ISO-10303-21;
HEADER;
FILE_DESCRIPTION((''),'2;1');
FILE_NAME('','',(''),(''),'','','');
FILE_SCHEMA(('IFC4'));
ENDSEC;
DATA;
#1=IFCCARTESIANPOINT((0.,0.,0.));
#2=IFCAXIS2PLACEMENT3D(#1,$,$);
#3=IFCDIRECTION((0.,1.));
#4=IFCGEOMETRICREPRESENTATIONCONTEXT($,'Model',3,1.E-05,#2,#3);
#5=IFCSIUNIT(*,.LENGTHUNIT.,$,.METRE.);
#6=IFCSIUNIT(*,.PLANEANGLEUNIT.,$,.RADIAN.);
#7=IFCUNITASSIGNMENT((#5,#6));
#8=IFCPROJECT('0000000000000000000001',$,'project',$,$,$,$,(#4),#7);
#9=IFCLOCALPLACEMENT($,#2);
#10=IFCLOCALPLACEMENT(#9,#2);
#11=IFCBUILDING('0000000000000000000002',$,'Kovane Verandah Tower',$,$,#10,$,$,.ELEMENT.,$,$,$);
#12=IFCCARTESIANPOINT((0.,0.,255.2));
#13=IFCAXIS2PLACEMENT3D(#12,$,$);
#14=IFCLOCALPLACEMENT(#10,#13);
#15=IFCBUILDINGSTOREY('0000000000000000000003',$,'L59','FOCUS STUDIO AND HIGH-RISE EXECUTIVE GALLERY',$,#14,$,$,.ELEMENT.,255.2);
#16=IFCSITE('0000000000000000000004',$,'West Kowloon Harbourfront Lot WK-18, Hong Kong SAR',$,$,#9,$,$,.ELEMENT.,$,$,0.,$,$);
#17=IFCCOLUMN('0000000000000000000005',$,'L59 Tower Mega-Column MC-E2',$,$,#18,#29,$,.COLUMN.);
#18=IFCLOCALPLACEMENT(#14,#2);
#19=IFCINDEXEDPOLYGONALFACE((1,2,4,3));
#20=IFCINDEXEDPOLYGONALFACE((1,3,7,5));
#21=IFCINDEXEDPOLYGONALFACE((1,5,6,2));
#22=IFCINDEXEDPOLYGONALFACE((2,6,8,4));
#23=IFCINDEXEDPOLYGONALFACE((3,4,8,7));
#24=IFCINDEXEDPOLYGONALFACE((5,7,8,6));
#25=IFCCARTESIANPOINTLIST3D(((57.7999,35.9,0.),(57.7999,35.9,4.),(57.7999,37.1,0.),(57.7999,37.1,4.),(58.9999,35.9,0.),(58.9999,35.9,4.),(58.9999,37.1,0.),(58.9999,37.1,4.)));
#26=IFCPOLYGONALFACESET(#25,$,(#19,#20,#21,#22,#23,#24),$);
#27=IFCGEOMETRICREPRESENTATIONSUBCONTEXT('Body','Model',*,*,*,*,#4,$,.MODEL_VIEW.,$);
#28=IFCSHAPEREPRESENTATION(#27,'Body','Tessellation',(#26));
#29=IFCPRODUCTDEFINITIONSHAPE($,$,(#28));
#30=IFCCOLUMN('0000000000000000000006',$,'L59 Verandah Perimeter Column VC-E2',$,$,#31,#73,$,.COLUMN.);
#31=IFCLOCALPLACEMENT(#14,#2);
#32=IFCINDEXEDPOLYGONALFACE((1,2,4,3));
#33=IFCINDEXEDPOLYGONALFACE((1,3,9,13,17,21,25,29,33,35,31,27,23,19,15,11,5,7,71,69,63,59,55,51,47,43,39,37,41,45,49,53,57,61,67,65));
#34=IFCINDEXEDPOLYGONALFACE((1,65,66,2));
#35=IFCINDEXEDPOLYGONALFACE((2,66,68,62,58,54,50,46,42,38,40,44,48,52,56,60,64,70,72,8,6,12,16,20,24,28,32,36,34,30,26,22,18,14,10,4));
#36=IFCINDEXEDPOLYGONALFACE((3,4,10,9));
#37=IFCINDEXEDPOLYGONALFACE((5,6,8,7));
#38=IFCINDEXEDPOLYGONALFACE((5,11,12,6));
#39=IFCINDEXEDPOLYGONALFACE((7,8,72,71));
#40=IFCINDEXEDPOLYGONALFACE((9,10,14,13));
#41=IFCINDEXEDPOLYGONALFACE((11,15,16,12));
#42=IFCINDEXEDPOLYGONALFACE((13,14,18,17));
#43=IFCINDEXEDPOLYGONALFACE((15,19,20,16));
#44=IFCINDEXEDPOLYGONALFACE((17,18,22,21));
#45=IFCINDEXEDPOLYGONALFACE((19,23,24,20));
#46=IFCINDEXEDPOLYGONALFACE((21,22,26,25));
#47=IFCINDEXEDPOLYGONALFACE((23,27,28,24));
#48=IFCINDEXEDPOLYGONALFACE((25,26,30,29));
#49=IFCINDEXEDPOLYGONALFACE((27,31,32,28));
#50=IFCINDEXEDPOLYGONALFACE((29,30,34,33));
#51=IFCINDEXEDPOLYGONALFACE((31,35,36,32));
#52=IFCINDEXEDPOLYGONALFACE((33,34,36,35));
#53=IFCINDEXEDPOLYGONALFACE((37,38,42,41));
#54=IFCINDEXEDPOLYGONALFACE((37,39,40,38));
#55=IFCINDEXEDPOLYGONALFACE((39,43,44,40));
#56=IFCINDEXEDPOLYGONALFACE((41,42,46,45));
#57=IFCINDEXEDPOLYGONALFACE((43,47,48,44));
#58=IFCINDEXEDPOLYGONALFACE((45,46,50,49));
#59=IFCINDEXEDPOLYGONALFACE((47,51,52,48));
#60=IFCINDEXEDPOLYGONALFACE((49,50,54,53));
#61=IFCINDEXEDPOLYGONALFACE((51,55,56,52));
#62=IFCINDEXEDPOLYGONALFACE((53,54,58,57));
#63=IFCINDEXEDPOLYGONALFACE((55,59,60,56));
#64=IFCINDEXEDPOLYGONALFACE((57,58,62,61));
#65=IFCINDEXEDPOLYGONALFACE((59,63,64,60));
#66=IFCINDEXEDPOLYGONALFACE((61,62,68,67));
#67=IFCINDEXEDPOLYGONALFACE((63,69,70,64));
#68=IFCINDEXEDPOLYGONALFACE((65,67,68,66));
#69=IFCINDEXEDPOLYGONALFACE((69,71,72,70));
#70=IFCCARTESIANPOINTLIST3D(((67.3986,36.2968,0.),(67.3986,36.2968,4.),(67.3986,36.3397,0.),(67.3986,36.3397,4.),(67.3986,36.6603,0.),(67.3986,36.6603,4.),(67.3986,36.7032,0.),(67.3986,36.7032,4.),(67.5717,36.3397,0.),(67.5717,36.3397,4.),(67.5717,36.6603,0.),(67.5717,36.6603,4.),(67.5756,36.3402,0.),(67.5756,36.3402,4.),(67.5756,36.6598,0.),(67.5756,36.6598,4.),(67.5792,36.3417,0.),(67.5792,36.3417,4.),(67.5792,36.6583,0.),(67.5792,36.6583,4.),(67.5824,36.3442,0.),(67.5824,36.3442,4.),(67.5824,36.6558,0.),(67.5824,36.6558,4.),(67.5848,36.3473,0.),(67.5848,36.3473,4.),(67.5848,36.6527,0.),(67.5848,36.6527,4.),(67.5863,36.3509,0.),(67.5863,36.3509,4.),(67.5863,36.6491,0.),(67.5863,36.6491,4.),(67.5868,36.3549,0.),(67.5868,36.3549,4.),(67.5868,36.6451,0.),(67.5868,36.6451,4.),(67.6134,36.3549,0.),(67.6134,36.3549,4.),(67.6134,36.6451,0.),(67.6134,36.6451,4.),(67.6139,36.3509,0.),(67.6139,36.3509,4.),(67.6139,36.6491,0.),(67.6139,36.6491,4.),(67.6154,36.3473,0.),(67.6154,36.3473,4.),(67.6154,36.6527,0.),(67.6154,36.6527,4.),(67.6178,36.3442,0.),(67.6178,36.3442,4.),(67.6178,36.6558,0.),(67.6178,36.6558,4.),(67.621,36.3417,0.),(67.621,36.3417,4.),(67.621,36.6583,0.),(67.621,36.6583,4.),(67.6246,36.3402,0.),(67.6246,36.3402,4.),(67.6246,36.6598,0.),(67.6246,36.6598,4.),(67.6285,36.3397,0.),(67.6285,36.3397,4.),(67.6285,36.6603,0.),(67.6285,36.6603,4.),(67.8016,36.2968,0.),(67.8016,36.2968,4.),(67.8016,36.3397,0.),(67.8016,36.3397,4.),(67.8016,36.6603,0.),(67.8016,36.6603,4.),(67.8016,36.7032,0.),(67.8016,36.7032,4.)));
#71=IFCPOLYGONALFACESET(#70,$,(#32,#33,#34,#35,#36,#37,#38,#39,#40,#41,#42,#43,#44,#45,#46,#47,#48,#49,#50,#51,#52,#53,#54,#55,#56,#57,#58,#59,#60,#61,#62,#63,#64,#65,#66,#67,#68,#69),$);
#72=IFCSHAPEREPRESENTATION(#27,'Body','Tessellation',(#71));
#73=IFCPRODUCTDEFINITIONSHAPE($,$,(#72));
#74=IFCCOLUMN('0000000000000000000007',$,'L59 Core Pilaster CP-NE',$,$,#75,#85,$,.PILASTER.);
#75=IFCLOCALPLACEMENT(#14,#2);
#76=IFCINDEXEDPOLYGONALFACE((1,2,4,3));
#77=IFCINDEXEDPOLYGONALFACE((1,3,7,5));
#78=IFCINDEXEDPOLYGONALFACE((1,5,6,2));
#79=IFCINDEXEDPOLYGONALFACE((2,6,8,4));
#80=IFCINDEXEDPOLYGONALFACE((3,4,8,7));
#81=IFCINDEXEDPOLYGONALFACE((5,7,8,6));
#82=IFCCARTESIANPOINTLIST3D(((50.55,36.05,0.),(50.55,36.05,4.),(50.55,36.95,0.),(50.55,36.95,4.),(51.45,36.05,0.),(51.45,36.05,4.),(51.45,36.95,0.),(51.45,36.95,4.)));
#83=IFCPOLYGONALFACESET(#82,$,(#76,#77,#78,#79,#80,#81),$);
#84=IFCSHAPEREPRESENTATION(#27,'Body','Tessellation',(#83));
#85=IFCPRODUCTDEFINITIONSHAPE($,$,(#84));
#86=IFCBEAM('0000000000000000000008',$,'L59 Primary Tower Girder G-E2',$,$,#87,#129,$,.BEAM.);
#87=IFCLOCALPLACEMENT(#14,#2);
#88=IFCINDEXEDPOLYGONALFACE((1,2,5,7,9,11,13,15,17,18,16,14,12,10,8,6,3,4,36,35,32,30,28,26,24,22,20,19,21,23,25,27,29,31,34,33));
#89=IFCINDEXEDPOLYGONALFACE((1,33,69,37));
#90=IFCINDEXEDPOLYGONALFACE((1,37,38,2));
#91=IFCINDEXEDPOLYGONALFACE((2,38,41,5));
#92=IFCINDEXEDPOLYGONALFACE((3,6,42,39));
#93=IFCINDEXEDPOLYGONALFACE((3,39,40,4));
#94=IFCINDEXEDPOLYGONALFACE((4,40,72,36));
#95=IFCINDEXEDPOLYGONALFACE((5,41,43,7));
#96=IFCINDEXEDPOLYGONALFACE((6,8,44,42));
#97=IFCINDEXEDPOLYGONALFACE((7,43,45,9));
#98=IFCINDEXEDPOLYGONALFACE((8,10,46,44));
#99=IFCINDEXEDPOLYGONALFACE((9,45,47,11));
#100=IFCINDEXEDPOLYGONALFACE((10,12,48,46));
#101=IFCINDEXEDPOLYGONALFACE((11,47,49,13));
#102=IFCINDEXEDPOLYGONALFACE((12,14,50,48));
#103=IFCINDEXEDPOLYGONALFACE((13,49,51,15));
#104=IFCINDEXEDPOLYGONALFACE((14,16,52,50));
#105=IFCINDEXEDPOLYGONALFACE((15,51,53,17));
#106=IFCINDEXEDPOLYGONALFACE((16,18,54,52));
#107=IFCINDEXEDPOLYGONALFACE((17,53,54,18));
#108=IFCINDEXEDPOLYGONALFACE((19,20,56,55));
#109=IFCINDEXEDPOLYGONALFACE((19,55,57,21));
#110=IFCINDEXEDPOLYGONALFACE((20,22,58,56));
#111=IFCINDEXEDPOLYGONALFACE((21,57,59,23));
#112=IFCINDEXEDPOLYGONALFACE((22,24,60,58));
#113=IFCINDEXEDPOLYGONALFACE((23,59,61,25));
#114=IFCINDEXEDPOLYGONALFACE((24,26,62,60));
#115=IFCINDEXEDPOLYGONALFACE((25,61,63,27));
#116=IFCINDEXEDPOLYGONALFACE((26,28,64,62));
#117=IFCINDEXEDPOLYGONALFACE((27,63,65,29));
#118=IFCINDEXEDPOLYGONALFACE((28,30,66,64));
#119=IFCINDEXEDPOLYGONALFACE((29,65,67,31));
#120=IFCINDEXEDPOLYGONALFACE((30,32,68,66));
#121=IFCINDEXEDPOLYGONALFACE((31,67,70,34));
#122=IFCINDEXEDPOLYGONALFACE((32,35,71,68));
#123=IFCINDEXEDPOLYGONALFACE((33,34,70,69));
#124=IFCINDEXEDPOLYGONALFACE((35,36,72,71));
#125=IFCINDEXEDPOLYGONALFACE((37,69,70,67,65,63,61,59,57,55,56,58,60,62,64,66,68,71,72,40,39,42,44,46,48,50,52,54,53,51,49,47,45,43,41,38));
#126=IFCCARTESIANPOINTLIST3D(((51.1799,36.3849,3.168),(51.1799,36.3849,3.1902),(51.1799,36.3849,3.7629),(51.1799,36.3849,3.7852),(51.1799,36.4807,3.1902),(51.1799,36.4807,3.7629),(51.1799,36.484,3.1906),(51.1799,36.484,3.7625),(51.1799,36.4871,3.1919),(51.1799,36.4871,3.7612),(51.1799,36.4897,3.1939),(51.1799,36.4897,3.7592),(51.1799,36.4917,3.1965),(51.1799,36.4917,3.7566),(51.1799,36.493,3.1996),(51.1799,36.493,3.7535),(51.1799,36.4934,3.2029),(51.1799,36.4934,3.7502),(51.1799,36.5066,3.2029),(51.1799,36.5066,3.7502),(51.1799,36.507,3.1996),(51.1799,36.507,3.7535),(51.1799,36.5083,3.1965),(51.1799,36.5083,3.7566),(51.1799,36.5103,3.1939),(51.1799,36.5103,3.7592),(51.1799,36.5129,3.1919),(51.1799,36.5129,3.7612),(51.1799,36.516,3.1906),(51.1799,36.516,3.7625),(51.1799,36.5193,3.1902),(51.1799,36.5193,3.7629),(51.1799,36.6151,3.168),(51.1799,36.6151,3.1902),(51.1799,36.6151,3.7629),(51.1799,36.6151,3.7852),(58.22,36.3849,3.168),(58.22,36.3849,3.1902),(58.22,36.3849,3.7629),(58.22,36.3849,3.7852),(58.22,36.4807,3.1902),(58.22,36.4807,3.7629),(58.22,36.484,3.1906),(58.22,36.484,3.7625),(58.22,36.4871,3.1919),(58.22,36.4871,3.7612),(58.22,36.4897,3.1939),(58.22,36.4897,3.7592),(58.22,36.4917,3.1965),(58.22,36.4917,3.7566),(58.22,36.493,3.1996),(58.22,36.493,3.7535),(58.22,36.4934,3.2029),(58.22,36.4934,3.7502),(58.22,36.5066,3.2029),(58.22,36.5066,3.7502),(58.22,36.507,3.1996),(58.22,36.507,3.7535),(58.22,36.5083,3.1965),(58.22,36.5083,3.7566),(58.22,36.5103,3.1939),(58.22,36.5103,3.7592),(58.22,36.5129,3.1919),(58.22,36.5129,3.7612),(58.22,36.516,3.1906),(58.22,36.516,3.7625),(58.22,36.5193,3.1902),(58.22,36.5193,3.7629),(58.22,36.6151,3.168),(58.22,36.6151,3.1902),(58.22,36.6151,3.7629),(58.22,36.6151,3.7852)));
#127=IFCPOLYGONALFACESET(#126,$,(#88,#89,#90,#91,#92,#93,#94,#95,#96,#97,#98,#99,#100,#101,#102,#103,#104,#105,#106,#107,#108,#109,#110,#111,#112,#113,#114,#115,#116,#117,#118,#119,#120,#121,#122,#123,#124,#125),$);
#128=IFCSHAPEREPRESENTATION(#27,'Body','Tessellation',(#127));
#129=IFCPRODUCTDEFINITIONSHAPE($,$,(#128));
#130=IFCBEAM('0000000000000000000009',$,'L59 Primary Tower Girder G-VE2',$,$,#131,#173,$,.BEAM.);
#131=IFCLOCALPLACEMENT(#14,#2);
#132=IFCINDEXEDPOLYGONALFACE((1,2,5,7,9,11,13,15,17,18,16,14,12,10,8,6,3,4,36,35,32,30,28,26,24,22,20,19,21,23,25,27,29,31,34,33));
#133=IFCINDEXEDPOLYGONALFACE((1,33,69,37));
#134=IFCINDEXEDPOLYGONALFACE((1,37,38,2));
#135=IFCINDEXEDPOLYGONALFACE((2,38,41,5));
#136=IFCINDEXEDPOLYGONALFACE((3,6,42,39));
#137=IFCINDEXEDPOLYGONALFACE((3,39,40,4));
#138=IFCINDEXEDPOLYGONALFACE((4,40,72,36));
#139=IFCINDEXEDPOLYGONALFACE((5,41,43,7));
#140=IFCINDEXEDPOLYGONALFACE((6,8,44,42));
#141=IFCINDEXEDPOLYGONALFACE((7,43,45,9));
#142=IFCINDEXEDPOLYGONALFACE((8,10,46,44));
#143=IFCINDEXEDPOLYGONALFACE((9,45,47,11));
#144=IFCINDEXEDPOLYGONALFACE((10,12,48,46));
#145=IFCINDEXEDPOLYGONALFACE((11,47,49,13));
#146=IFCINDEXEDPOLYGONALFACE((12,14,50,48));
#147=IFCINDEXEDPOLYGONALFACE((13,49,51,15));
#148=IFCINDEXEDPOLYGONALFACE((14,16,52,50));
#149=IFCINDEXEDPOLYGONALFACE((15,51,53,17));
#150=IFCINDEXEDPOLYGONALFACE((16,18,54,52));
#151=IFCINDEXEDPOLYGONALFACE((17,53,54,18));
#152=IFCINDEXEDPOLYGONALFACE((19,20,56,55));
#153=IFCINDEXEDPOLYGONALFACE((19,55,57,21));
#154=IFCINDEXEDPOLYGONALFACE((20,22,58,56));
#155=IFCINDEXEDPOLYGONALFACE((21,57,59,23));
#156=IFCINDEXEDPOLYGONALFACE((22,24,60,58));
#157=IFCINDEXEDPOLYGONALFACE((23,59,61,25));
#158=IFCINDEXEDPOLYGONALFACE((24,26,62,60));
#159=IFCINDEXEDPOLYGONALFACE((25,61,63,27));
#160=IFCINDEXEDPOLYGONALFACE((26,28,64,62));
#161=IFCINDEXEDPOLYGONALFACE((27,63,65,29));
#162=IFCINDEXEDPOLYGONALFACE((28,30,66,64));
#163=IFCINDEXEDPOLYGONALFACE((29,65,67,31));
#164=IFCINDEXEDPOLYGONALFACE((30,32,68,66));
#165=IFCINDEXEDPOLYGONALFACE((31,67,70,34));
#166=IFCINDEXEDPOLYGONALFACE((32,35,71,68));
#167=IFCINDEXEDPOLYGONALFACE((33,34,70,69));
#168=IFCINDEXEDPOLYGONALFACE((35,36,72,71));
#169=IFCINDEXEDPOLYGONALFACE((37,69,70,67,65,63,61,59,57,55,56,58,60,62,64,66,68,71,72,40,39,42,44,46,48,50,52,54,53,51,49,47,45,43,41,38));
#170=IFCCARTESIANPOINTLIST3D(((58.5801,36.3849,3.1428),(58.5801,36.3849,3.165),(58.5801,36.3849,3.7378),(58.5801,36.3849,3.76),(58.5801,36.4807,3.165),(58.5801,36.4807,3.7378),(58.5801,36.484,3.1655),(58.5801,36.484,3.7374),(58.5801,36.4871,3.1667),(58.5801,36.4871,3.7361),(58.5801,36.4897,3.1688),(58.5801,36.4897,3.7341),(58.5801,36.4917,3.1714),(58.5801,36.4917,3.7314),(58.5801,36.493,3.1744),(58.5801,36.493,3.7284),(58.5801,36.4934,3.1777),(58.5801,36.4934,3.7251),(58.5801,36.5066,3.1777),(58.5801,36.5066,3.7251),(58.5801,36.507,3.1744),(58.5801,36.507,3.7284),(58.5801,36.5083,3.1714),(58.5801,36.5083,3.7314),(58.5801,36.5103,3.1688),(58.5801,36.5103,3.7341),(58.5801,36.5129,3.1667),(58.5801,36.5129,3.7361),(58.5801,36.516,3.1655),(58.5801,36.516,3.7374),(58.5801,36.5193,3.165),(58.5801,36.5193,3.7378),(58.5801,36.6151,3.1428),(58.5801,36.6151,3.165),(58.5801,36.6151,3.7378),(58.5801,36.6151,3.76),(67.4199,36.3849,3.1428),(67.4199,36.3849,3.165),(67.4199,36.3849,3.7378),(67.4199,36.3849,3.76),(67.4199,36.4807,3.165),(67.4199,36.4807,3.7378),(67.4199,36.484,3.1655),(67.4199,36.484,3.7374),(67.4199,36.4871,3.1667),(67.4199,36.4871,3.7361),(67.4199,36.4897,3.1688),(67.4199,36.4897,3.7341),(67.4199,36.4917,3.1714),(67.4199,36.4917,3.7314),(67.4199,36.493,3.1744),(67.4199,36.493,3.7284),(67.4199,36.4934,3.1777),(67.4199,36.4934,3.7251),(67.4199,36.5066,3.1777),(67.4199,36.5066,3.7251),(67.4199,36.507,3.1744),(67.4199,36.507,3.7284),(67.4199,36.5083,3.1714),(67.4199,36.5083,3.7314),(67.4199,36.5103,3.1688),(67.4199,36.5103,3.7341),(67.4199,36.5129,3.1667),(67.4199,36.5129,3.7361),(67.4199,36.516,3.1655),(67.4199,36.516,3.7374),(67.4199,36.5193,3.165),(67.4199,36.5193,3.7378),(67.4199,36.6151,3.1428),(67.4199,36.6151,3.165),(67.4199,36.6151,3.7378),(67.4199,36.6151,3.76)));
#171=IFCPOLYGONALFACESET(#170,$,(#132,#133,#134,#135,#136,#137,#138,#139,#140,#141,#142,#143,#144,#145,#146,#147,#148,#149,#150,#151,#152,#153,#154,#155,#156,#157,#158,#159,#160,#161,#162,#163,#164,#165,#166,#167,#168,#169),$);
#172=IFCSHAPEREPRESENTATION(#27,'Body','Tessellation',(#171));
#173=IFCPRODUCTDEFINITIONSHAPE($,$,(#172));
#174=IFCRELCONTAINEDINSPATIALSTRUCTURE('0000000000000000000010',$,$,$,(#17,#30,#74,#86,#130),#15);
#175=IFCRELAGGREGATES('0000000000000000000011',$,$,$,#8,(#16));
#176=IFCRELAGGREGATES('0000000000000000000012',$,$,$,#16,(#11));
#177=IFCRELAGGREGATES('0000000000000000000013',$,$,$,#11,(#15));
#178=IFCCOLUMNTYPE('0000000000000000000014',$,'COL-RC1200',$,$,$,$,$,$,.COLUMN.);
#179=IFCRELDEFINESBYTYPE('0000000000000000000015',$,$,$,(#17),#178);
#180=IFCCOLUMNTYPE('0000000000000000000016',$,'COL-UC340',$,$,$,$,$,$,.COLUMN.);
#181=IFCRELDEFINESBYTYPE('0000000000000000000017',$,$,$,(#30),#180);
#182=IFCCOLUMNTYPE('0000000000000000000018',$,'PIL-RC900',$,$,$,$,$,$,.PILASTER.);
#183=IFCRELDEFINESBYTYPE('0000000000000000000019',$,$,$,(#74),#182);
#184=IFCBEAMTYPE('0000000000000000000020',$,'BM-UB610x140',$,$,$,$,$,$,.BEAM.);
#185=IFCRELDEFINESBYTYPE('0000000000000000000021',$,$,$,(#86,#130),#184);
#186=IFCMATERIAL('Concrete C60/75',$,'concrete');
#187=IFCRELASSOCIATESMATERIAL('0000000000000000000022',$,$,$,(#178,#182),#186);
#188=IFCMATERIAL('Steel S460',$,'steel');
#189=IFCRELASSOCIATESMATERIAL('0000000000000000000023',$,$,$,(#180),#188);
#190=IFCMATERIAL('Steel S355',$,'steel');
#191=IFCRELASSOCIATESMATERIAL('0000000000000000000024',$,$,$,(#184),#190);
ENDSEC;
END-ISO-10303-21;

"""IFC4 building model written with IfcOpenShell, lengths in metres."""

from ifc_helpers import new_model, si_unit, direction, frame, origin, origin_2d, place, context, subcontext, project, spatial, rectangle, i_section, extrude, material, material_profile, profile_set, type_object, element, save


model = new_model("IFC4")

# Units and contexts
model_context = context("Model", 3, precision=1e-05, world=origin(), true_north=direction((0.0, 1.0)))
body_context = subcontext(model_context, "Body", "Model", "MODEL_VIEW")
ifc_project = project(units=[si_unit("LENGTHUNIT", "METRE"), si_unit("PLANEANGLEUNIT", "RADIAN")], contexts=[model_context])

# Site, building, storey
site_placement = place(None, origin())
site = spatial("IfcSite", under=ifc_project, at=site_placement, Name="West Kowloon Harbourfront Lot WK-18, Hong Kong SAR", CompositionType="ELEMENT", RefElevation=0.0)
building_placement = place(site_placement, origin())
building = spatial("IfcBuilding", under=site, at=building_placement, Name="Kovane Verandah Tower", CompositionType="ELEMENT")
storey_placement = place(building_placement, frame((0.0, 0.0, 255.2)))
storey = spatial("IfcBuildingStorey", under=building, at=storey_placement, Name="L59", Description="FOCUS STUDIO AND HIGH-RISE EXECUTIVE GALLERY", CompositionType="ELEMENT", Elevation=255.2)

# Columns
ifc_material_1 = material(Name="Concrete C60/75", Category="concrete")
ifc_material_profile_1 = material_profile(ifc_material_1, rectangle(XDim=1.2, YDim=1.2, at=origin_2d()), Name="RC1200x1200")
ifc_profile_set_1 = profile_set([ifc_material_profile_1], Name="Concrete C60/75")
column_type_1 = type_object("IfcColumnType", Name="COL-RC1200", PredefinedType="COLUMN", material=ifc_profile_set_1)
column_1_placement = place(storey_placement, frame((58.3999, 36.5, 0.0), z_axis=(0.0, 0.0, 1.0), x_axis=(1.0, 0.0, 0.0)))
element("IfcColumn", 1, at=column_1_placement, inside=storey, type_object=column_type_1, Name="L59 Tower Mega-Column MC-E2", PredefinedType="COLUMN", context=body_context, shape_type="SweptSolid", body=[
    extrude(rectangle(XDim=1.2, YDim=1.2, at=origin_2d()), origin(), (0.0, 0.0, 1.0), 4.0),
])
ifc_material_2 = material(Name="Steel S460", Category="steel")
ifc_material_profile_2 = material_profile(ifc_material_2, i_section(OverallWidth=0.4031, OverallDepth=0.4065, WebThickness=0.0266, FlangeThickness=0.043, FilletRadius=0.0151, at=origin_2d()), Name="UC356x406x340")
ifc_profile_set_2 = profile_set([ifc_material_profile_2], Name="Steel S460")
column_type_2 = type_object("IfcColumnType", Name="COL-UC340", PredefinedType="COLUMN", material=ifc_profile_set_2)
column_2_placement = place(storey_placement, frame((67.6001, 36.5, 0.0), z_axis=(0.0, 0.0, 1.0), x_axis=(1.0, 0.0, 0.0)))
element("IfcColumn", 2, at=column_2_placement, inside=storey, type_object=column_type_2, Name="L59 Verandah Perimeter Column VC-E2", PredefinedType="COLUMN", context=body_context, shape_type="SweptSolid", body=[
    extrude(i_section(OverallWidth=0.4031, OverallDepth=0.4065, WebThickness=0.0266, FlangeThickness=0.043, FilletRadius=0.0151, at=origin_2d()), origin(), (0.0, 0.0, 1.0), 4.0),
])
ifc_material_profile_3 = material_profile(ifc_material_1, rectangle(XDim=0.8999, YDim=0.8999, at=origin_2d()), Name="RC900x900")
ifc_profile_set_3 = profile_set([ifc_material_profile_3], Name="Concrete C60/75")
column_type_3 = type_object("IfcColumnType", Name="PIL-RC900", PredefinedType="PILASTER", material=ifc_profile_set_3)
column_3_placement = place(storey_placement, frame((51.0, 36.5, 0.0), z_axis=(0.0, 0.0, 1.0), x_axis=(1.0, 0.0, 0.0)))
element("IfcColumn", 3, at=column_3_placement, inside=storey, type_object=column_type_3, Name="L59 Core Pilaster CP-NE", PredefinedType="PILASTER", context=body_context, shape_type="SweptSolid", body=[
    extrude(rectangle(XDim=0.8999, YDim=0.8999, at=origin_2d()), origin(), (0.0, 0.0, 1.0), 4.0),
])

# Beams
ifc_material_3 = material(Name="Steel S355", Category="steel")
ifc_material_profile_4 = material_profile(ifc_material_3, i_section(OverallWidth=0.2302, OverallDepth=0.6172, WebThickness=0.0132, FlangeThickness=0.0222, FilletRadius=0.0127, at=origin_2d()), Name="UB610x229x140")
ifc_profile_set_4 = profile_set([ifc_material_profile_4], Name="Steel S355")
beam_type_1 = type_object("IfcBeamType", Name="BM-UB610x140", PredefinedType="BEAM", material=ifc_profile_set_4)
beam_1_placement = place(storey_placement, frame((51.1799, 36.5, 3.4766), z_axis=(1.0, 0.0, 0.0), x_axis=(0.0, 1.0, 0.0)))
element("IfcBeam", 4, at=beam_1_placement, inside=storey, type_object=beam_type_1, Name="L59 Primary Tower Girder G-E2", PredefinedType="BEAM", context=body_context, shape_type="SweptSolid", body=[
    extrude(i_section(OverallWidth=0.2302, OverallDepth=0.6172, WebThickness=0.0132, FlangeThickness=0.0222, FilletRadius=0.0127, at=origin_2d()), origin(), (0.0, 0.0, 1.0), 7.04),
])
beam_2_placement = place(storey_placement, frame((58.5801, 36.5, 3.4514), z_axis=(1.0, 0.0, 0.0), x_axis=(0.0, 1.0, 0.0)))
element("IfcBeam", 5, at=beam_2_placement, inside=storey, type_object=beam_type_1, Name="L59 Primary Tower Girder G-VE2", PredefinedType="BEAM", context=body_context, shape_type="SweptSolid", body=[
    extrude(i_section(OverallWidth=0.2302, OverallDepth=0.6172, WebThickness=0.0132, FlangeThickness=0.0222, FilletRadius=0.0127, at=origin_2d()), origin(), (0.0, 0.0, 1.0), 8.8398),
])

save(model, "model.ifc")
